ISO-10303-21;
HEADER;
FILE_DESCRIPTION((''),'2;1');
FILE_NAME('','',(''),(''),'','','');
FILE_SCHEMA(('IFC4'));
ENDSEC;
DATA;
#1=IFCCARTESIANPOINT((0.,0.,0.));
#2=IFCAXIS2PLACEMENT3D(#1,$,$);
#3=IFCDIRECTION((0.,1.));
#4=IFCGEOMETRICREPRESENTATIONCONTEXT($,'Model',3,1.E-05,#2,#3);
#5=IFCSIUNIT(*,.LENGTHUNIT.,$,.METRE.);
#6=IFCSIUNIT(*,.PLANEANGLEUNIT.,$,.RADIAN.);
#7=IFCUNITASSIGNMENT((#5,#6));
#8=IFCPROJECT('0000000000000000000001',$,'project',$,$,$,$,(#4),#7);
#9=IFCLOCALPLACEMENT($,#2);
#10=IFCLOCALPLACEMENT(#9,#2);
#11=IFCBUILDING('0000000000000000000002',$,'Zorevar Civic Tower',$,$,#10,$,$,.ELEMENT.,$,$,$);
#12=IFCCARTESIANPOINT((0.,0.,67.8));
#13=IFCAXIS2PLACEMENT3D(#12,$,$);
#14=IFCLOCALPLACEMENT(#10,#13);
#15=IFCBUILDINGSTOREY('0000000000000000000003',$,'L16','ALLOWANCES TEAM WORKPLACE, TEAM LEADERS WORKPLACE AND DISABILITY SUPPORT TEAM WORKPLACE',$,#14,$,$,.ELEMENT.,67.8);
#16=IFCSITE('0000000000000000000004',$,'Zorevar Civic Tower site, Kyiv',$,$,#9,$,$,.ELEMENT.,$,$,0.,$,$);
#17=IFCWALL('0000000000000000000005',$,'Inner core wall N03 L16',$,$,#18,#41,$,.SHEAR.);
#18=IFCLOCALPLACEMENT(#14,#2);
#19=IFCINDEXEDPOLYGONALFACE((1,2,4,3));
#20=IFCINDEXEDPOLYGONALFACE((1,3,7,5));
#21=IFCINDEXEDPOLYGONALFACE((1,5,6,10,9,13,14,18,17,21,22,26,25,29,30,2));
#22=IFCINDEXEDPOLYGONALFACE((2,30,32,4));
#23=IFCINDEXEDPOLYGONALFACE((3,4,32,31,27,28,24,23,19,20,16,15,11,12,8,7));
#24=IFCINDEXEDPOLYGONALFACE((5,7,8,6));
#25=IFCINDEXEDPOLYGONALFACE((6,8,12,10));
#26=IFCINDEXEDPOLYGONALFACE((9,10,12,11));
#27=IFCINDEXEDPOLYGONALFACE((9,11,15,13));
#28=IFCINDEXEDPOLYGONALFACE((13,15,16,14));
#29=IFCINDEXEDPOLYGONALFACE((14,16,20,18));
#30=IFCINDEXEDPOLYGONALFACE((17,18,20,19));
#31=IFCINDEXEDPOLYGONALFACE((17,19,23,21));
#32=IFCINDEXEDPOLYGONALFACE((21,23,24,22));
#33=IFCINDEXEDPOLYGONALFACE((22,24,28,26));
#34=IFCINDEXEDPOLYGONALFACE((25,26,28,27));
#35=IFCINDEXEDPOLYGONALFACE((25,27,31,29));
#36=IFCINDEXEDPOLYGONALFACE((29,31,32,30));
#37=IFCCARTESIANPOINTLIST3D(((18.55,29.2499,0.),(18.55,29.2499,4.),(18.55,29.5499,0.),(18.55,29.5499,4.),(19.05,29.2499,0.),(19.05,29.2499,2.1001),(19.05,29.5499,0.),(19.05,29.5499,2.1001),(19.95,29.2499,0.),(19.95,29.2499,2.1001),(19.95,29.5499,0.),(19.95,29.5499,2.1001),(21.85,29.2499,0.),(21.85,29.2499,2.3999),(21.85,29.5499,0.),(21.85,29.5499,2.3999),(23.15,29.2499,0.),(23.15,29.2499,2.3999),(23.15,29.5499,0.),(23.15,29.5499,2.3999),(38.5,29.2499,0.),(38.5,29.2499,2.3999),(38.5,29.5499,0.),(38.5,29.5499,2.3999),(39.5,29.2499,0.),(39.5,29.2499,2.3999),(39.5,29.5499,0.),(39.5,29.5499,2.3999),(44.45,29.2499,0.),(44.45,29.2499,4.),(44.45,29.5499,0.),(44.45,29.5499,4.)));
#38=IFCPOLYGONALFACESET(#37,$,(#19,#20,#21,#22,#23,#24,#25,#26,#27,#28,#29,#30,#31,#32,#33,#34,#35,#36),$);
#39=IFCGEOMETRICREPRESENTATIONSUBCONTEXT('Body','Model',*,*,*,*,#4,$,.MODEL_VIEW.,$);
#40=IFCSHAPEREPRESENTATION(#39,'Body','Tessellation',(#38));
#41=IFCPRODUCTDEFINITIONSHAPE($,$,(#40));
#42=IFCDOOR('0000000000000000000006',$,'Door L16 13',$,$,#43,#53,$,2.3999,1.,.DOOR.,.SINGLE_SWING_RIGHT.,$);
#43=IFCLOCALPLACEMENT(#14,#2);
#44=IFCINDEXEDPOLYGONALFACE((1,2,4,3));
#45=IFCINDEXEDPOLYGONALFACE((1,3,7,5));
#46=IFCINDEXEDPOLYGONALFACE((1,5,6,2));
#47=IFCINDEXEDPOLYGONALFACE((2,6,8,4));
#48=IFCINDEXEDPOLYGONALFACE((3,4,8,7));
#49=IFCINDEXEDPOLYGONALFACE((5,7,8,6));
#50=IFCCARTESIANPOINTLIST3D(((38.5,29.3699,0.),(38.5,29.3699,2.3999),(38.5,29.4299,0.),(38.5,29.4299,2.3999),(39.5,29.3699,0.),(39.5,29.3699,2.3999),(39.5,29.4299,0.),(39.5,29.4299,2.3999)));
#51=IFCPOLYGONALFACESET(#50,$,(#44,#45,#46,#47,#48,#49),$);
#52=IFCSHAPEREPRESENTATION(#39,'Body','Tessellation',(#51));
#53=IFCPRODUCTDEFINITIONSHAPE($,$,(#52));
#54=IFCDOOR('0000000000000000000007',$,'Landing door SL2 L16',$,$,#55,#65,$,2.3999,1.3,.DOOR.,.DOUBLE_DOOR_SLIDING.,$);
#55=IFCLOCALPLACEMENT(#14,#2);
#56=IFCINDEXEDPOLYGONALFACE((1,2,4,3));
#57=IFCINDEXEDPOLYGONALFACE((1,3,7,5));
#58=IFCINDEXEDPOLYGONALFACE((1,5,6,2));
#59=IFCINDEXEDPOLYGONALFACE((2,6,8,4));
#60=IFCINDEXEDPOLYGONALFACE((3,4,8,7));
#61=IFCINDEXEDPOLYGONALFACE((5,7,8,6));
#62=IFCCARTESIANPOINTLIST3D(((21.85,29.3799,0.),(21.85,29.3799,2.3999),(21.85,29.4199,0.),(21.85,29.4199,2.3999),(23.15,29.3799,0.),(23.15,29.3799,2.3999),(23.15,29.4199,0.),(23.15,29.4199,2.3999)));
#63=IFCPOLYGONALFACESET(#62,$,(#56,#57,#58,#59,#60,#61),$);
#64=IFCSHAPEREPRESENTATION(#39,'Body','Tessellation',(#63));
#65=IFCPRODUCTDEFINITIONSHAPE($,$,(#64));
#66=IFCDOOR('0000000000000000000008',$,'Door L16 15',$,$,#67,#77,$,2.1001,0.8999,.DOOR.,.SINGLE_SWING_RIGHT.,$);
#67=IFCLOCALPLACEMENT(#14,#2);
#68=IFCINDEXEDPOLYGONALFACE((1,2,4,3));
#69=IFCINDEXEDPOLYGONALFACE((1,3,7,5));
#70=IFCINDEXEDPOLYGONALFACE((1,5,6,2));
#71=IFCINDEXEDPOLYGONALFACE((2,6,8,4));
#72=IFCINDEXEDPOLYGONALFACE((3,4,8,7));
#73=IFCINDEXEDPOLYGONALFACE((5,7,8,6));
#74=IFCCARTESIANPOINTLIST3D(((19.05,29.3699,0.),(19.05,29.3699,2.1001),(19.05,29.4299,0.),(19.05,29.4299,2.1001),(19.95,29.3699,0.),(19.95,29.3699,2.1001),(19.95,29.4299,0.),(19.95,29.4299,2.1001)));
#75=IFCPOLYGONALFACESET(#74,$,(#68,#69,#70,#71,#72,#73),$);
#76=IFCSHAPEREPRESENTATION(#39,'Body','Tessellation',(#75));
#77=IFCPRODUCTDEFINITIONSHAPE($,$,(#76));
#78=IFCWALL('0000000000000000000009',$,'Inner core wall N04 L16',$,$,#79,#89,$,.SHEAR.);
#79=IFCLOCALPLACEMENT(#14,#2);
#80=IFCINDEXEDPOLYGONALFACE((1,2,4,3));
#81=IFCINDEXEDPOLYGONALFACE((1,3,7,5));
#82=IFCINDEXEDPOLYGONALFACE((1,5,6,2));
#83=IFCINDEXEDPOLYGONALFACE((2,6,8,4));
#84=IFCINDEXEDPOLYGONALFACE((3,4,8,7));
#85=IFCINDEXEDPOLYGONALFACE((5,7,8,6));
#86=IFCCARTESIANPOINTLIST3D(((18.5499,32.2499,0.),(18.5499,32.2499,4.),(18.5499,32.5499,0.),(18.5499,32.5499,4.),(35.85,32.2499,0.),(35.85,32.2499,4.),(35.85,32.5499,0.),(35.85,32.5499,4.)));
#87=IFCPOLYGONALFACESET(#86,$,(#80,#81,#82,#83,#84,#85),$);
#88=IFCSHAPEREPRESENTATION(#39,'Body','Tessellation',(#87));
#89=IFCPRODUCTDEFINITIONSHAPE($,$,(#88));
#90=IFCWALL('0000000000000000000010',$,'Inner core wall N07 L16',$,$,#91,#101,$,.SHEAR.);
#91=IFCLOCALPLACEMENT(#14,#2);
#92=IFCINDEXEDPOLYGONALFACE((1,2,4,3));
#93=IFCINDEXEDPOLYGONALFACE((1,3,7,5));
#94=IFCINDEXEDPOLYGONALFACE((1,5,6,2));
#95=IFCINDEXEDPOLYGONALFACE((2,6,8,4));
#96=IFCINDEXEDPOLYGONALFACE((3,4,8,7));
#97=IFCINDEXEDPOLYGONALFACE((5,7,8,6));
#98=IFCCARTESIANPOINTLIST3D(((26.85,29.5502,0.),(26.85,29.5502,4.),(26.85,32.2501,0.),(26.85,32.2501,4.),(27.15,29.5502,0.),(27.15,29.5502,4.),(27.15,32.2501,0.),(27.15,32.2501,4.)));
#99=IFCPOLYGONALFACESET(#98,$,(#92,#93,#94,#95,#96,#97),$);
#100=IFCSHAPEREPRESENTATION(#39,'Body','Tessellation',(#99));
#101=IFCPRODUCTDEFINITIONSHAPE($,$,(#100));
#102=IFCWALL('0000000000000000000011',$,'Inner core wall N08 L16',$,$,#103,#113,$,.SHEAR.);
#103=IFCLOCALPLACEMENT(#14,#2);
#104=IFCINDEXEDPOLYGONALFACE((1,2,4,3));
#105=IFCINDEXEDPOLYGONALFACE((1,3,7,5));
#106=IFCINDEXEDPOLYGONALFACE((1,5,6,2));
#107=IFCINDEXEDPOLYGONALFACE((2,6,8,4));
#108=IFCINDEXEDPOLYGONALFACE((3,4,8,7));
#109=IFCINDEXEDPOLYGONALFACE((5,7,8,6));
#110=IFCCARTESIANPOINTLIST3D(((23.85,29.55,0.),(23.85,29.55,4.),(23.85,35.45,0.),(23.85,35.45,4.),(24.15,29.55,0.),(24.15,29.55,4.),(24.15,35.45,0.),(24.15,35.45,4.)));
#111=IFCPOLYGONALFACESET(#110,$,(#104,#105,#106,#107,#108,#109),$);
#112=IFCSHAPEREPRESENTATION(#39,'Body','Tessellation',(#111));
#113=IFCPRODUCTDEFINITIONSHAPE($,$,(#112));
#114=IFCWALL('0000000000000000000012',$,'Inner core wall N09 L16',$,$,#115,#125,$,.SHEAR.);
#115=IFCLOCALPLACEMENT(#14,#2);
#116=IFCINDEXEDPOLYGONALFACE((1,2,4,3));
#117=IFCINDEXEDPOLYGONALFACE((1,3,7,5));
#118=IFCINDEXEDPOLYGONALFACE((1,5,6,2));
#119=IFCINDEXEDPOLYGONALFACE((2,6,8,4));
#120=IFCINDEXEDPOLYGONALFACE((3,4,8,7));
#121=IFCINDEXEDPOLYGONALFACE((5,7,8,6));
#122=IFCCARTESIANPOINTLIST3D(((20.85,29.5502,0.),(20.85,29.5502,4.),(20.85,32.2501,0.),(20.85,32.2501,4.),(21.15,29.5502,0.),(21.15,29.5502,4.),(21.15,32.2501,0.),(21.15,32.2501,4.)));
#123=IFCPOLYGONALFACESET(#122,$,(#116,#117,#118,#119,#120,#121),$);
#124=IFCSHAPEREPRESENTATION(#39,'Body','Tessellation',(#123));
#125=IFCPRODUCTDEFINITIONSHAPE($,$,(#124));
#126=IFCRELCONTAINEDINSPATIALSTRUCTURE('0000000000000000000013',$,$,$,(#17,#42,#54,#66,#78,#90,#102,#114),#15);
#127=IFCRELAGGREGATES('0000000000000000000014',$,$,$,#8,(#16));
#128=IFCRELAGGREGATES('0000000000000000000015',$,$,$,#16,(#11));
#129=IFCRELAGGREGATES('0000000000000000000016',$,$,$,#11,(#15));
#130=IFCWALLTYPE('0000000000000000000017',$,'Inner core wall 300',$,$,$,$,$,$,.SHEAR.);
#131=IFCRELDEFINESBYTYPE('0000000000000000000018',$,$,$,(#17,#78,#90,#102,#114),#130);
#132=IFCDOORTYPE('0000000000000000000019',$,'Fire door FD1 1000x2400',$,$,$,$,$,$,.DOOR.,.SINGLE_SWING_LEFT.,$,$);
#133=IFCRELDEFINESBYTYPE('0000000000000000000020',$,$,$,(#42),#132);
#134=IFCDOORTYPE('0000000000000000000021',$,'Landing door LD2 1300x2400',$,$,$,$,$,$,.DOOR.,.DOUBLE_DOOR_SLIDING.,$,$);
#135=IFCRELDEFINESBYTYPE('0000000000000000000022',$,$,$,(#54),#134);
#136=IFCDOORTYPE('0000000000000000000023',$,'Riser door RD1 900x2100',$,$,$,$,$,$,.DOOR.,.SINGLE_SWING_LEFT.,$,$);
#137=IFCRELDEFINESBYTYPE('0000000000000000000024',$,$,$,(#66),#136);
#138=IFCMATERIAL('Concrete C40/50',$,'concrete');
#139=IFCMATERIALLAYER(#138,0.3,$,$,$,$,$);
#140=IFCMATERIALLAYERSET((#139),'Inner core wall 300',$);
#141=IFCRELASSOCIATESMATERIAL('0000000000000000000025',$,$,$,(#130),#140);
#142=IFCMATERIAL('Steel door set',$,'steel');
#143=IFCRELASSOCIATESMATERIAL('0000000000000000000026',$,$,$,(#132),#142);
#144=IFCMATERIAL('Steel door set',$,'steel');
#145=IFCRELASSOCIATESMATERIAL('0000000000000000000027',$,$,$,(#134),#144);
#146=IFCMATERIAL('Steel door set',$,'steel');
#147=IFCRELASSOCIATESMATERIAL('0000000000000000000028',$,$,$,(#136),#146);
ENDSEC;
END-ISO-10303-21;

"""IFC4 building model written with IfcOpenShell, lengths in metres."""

from ifc_helpers import new_model, si_unit, direction, frame, frame_2d, origin, place, context, subcontext, project, spatial, rectangle, extrude, material, layer, layer_set, type_object, element, fill, save


model = new_model("IFC4")

# Units and contexts
model_context = context("Model", 3, precision=1e-05, world=origin(), true_north=direction((0.0, 1.0)))
body_context = subcontext(model_context, "Body", "Model", "MODEL_VIEW")
ifc_project = project(units=[si_unit("LENGTHUNIT", "METRE"), si_unit("PLANEANGLEUNIT", "RADIAN")], contexts=[model_context])

# Site, building, storey
site_placement = place(None, origin())
site = spatial("IfcSite", under=ifc_project, at=site_placement, Name="Zorevar Civic Tower site, Kyiv", CompositionType="ELEMENT", RefElevation=0.0)
building_placement = place(site_placement, origin())
building = spatial("IfcBuilding", under=site, at=building_placement, Name="Zorevar Civic Tower", CompositionType="ELEMENT")
storey_placement = place(building_placement, frame((0.0, 0.0, 67.8)))
storey = spatial("IfcBuildingStorey", under=building, at=storey_placement, Name="L16", Description="ALLOWANCES TEAM WORKPLACE, TEAM LEADERS WORKPLACE AND DISABILITY SUPPORT TEAM WORKPLACE", CompositionType="ELEMENT", Elevation=67.8)

# Wall, openings, doors
ifc_material_1 = material(Name="Concrete C40/50", Category="concrete")
ifc_layer_1 = layer(ifc_material_1, 0.3)
ifc_layer_set_1 = layer_set([ifc_layer_1], Name="Inner core wall 300")
wall_type_1 = type_object("IfcWallType", Name="Inner core wall 300", PredefinedType="SHEAR", material=ifc_layer_set_1)
wall_1_placement = place(storey_placement, frame((18.55, 29.3999, 0.0), z_axis=(0.0, 0.0, 1.0), x_axis=(1.0, 0.0, 0.0)))
wall_1 = element("IfcWall", 1, at=wall_1_placement, inside=storey, type_object=wall_type_1, Name="Inner core wall N03 L16", PredefinedType="SHEAR", context=body_context, shape_type="SweptSolid", body=[
    extrude(rectangle(XDim=25.8999, YDim=0.3, at=frame_2d((12.95, 0.0))), origin(), (0.0, 0.0, 1.0), 4.0),
])
opening_1_placement = place(wall_1_placement, frame((19.95, 0.0, 0.0)))
opening_1 = element("IfcOpeningElement", 2, at=opening_1_placement, cuts=wall_1, PredefinedType="OPENING", context=body_context, shape_type="SweptSolid", body=[
    extrude(rectangle(XDim=1.0, YDim=2.3999, at=frame_2d((0.5, 1.2))), frame((0.0, 0.1599, 0.0), z_axis=(0.0, -1.0, 0.0), x_axis=(1.0, 0.0, 0.0)), (0.0, 0.0, 1.0), 0.3201),
])
opening_2_placement = place(wall_1_placement, frame((0.5, 0.0, 0.0)))
opening_2 = element("IfcOpeningElement", 3, at=opening_2_placement, cuts=wall_1, PredefinedType="OPENING", context=body_context, shape_type="SweptSolid", body=[
    extrude(rectangle(XDim=0.8999, YDim=2.1001, at=frame_2d((0.45, 1.05))), frame((0.0, 0.1599, 0.0), z_axis=(0.0, -1.0, 0.0), x_axis=(1.0, 0.0, 0.0)), (0.0, 0.0, 1.0), 0.3201),
])
opening_3_placement = place(wall_1_placement, frame((3.3, 0.0, 0.0)))
opening_3 = element("IfcOpeningElement", 4, at=opening_3_placement, cuts=wall_1, PredefinedType="OPENING", context=body_context, shape_type="SweptSolid", body=[
    extrude(rectangle(XDim=1.3, YDim=2.3999, at=frame_2d((0.6499, 1.2))), frame((0.0, 0.1599, 0.0), z_axis=(0.0, -1.0, 0.0), x_axis=(1.0, 0.0, 0.0)), (0.0, 0.0, 1.0), 0.3201),
])
ifc_material_2 = material(Name="Steel door set", Category="steel")
door_type_1 = type_object("IfcDoorType", Name="Fire door FD1 1000x2400", OperationType="SINGLE_SWING_LEFT", PredefinedType="DOOR", material=ifc_material_2)
door_1_placement = place(opening_1_placement, origin())
door_1 = element("IfcDoor", 5, at=door_1_placement, inside=storey, type_object=door_type_1, Name="Door L16 13", OperationType="SINGLE_SWING_RIGHT", OverallHeight=2.3999, OverallWidth=1.0, PredefinedType="DOOR", context=body_context, shape_type="SweptSolid", body=[
    extrude(rectangle(XDim=1.0, YDim=2.3999, at=frame_2d((0.5, 1.2))), frame((0.0, 0.03, 0.0), z_axis=(0.0, -1.0, 0.0), x_axis=(1.0, 0.0, 0.0)), (0.0, 0.0, 1.0), 0.0601),
])
fill(opening_1, door_1)
ifc_material_3 = material(Name="Steel door set", Category="steel")
door_type_2 = type_object("IfcDoorType", Name="Landing door LD2 1300x2400", OperationType="DOUBLE_DOOR_SLIDING", PredefinedType="DOOR", material=ifc_material_3)
door_2_placement = place(opening_3_placement, origin())
door_2 = element("IfcDoor", 6, at=door_2_placement, inside=storey, type_object=door_type_2, Name="Landing door SL2 L16", OperationType="DOUBLE_DOOR_SLIDING", OverallHeight=2.3999, OverallWidth=1.3, PredefinedType="DOOR", context=body_context, shape_type="SweptSolid", body=[
    extrude(rectangle(XDim=1.3, YDim=2.3999, at=frame_2d((0.6499, 1.2))), frame((0.0, 0.02, 0.0), z_axis=(0.0, -1.0, 0.0), x_axis=(1.0, 0.0, 0.0)), (0.0, 0.0, 1.0), 0.04),
])
fill(opening_3, door_2)
ifc_material_4 = material(Name="Steel door set", Category="steel")
door_type_3 = type_object("IfcDoorType", Name="Riser door RD1 900x2100", OperationType="SINGLE_SWING_LEFT", PredefinedType="DOOR", material=ifc_material_4)
door_3_placement = place(opening_2_placement, origin())
door_3 = element("IfcDoor", 7, at=door_3_placement, inside=storey, type_object=door_type_3, Name="Door L16 15", OperationType="SINGLE_SWING_RIGHT", OverallHeight=2.1001, OverallWidth=0.8999, PredefinedType="DOOR", context=body_context, shape_type="SweptSolid", body=[
    extrude(rectangle(XDim=0.8999, YDim=2.1001, at=frame_2d((0.45, 1.05))), frame((0.0, 0.03, 0.0), z_axis=(0.0, -1.0, 0.0), x_axis=(1.0, 0.0, 0.0)), (0.0, 0.0, 1.0), 0.0601),
])
fill(opening_2, door_3)

# Walls
wall_2_placement = place(storey_placement, frame((18.55, 32.3999, 0.0), z_axis=(0.0, 0.0, 1.0), x_axis=(1.0, 0.0, 0.0)))
element("IfcWall", 8, at=wall_2_placement, inside=storey, type_object=wall_type_1, Name="Inner core wall N04 L16", PredefinedType="SHEAR", context=body_context, shape_type="SweptSolid", body=[
    extrude(rectangle(XDim=17.3, YDim=0.3, at=frame_2d((8.6499, 0.0))), origin(), (0.0, 0.0, 1.0), 4.0),
])
wall_3_placement = place(storey_placement, frame((27.0, 29.55, 0.0), z_axis=(0.0, 0.0, 1.0), x_axis=(0.0, 1.0, 0.0)))
element("IfcWall", 9, at=wall_3_placement, inside=storey, type_object=wall_type_1, Name="Inner core wall N07 L16", PredefinedType="SHEAR", context=body_context, shape_type="SweptSolid", body=[
    extrude(rectangle(XDim=2.7, YDim=0.3, at=frame_2d((1.3501, 0.0))), origin(), (0.0, 0.0, 1.0), 4.0),
])
wall_4_placement = place(storey_placement, frame((24.0, 29.55, 0.0), z_axis=(0.0, 0.0, 1.0), x_axis=(0.0, 1.0, 0.0)))
element("IfcWall", 10, at=wall_4_placement, inside=storey, type_object=wall_type_1, Name="Inner core wall N08 L16", PredefinedType="SHEAR", context=body_context, shape_type="SweptSolid", body=[
    extrude(rectangle(XDim=5.8999, YDim=0.3, at=frame_2d((2.95, 0.0))), origin(), (0.0, 0.0, 1.0), 4.0),
])
wall_5_placement = place(storey_placement, frame((21.0, 29.55, 0.0), z_axis=(0.0, 0.0, 1.0), x_axis=(0.0, 1.0, 0.0)))
element("IfcWall", 11, at=wall_5_placement, inside=storey, type_object=wall_type_1, Name="Inner core wall N09 L16", PredefinedType="SHEAR", context=body_context, shape_type="SweptSolid", body=[
    extrude(rectangle(XDim=2.7, YDim=0.3, at=frame_2d((1.3501, 0.0))), origin(), (0.0, 0.0, 1.0), 4.0),
])

save(model, "model.ifc")
